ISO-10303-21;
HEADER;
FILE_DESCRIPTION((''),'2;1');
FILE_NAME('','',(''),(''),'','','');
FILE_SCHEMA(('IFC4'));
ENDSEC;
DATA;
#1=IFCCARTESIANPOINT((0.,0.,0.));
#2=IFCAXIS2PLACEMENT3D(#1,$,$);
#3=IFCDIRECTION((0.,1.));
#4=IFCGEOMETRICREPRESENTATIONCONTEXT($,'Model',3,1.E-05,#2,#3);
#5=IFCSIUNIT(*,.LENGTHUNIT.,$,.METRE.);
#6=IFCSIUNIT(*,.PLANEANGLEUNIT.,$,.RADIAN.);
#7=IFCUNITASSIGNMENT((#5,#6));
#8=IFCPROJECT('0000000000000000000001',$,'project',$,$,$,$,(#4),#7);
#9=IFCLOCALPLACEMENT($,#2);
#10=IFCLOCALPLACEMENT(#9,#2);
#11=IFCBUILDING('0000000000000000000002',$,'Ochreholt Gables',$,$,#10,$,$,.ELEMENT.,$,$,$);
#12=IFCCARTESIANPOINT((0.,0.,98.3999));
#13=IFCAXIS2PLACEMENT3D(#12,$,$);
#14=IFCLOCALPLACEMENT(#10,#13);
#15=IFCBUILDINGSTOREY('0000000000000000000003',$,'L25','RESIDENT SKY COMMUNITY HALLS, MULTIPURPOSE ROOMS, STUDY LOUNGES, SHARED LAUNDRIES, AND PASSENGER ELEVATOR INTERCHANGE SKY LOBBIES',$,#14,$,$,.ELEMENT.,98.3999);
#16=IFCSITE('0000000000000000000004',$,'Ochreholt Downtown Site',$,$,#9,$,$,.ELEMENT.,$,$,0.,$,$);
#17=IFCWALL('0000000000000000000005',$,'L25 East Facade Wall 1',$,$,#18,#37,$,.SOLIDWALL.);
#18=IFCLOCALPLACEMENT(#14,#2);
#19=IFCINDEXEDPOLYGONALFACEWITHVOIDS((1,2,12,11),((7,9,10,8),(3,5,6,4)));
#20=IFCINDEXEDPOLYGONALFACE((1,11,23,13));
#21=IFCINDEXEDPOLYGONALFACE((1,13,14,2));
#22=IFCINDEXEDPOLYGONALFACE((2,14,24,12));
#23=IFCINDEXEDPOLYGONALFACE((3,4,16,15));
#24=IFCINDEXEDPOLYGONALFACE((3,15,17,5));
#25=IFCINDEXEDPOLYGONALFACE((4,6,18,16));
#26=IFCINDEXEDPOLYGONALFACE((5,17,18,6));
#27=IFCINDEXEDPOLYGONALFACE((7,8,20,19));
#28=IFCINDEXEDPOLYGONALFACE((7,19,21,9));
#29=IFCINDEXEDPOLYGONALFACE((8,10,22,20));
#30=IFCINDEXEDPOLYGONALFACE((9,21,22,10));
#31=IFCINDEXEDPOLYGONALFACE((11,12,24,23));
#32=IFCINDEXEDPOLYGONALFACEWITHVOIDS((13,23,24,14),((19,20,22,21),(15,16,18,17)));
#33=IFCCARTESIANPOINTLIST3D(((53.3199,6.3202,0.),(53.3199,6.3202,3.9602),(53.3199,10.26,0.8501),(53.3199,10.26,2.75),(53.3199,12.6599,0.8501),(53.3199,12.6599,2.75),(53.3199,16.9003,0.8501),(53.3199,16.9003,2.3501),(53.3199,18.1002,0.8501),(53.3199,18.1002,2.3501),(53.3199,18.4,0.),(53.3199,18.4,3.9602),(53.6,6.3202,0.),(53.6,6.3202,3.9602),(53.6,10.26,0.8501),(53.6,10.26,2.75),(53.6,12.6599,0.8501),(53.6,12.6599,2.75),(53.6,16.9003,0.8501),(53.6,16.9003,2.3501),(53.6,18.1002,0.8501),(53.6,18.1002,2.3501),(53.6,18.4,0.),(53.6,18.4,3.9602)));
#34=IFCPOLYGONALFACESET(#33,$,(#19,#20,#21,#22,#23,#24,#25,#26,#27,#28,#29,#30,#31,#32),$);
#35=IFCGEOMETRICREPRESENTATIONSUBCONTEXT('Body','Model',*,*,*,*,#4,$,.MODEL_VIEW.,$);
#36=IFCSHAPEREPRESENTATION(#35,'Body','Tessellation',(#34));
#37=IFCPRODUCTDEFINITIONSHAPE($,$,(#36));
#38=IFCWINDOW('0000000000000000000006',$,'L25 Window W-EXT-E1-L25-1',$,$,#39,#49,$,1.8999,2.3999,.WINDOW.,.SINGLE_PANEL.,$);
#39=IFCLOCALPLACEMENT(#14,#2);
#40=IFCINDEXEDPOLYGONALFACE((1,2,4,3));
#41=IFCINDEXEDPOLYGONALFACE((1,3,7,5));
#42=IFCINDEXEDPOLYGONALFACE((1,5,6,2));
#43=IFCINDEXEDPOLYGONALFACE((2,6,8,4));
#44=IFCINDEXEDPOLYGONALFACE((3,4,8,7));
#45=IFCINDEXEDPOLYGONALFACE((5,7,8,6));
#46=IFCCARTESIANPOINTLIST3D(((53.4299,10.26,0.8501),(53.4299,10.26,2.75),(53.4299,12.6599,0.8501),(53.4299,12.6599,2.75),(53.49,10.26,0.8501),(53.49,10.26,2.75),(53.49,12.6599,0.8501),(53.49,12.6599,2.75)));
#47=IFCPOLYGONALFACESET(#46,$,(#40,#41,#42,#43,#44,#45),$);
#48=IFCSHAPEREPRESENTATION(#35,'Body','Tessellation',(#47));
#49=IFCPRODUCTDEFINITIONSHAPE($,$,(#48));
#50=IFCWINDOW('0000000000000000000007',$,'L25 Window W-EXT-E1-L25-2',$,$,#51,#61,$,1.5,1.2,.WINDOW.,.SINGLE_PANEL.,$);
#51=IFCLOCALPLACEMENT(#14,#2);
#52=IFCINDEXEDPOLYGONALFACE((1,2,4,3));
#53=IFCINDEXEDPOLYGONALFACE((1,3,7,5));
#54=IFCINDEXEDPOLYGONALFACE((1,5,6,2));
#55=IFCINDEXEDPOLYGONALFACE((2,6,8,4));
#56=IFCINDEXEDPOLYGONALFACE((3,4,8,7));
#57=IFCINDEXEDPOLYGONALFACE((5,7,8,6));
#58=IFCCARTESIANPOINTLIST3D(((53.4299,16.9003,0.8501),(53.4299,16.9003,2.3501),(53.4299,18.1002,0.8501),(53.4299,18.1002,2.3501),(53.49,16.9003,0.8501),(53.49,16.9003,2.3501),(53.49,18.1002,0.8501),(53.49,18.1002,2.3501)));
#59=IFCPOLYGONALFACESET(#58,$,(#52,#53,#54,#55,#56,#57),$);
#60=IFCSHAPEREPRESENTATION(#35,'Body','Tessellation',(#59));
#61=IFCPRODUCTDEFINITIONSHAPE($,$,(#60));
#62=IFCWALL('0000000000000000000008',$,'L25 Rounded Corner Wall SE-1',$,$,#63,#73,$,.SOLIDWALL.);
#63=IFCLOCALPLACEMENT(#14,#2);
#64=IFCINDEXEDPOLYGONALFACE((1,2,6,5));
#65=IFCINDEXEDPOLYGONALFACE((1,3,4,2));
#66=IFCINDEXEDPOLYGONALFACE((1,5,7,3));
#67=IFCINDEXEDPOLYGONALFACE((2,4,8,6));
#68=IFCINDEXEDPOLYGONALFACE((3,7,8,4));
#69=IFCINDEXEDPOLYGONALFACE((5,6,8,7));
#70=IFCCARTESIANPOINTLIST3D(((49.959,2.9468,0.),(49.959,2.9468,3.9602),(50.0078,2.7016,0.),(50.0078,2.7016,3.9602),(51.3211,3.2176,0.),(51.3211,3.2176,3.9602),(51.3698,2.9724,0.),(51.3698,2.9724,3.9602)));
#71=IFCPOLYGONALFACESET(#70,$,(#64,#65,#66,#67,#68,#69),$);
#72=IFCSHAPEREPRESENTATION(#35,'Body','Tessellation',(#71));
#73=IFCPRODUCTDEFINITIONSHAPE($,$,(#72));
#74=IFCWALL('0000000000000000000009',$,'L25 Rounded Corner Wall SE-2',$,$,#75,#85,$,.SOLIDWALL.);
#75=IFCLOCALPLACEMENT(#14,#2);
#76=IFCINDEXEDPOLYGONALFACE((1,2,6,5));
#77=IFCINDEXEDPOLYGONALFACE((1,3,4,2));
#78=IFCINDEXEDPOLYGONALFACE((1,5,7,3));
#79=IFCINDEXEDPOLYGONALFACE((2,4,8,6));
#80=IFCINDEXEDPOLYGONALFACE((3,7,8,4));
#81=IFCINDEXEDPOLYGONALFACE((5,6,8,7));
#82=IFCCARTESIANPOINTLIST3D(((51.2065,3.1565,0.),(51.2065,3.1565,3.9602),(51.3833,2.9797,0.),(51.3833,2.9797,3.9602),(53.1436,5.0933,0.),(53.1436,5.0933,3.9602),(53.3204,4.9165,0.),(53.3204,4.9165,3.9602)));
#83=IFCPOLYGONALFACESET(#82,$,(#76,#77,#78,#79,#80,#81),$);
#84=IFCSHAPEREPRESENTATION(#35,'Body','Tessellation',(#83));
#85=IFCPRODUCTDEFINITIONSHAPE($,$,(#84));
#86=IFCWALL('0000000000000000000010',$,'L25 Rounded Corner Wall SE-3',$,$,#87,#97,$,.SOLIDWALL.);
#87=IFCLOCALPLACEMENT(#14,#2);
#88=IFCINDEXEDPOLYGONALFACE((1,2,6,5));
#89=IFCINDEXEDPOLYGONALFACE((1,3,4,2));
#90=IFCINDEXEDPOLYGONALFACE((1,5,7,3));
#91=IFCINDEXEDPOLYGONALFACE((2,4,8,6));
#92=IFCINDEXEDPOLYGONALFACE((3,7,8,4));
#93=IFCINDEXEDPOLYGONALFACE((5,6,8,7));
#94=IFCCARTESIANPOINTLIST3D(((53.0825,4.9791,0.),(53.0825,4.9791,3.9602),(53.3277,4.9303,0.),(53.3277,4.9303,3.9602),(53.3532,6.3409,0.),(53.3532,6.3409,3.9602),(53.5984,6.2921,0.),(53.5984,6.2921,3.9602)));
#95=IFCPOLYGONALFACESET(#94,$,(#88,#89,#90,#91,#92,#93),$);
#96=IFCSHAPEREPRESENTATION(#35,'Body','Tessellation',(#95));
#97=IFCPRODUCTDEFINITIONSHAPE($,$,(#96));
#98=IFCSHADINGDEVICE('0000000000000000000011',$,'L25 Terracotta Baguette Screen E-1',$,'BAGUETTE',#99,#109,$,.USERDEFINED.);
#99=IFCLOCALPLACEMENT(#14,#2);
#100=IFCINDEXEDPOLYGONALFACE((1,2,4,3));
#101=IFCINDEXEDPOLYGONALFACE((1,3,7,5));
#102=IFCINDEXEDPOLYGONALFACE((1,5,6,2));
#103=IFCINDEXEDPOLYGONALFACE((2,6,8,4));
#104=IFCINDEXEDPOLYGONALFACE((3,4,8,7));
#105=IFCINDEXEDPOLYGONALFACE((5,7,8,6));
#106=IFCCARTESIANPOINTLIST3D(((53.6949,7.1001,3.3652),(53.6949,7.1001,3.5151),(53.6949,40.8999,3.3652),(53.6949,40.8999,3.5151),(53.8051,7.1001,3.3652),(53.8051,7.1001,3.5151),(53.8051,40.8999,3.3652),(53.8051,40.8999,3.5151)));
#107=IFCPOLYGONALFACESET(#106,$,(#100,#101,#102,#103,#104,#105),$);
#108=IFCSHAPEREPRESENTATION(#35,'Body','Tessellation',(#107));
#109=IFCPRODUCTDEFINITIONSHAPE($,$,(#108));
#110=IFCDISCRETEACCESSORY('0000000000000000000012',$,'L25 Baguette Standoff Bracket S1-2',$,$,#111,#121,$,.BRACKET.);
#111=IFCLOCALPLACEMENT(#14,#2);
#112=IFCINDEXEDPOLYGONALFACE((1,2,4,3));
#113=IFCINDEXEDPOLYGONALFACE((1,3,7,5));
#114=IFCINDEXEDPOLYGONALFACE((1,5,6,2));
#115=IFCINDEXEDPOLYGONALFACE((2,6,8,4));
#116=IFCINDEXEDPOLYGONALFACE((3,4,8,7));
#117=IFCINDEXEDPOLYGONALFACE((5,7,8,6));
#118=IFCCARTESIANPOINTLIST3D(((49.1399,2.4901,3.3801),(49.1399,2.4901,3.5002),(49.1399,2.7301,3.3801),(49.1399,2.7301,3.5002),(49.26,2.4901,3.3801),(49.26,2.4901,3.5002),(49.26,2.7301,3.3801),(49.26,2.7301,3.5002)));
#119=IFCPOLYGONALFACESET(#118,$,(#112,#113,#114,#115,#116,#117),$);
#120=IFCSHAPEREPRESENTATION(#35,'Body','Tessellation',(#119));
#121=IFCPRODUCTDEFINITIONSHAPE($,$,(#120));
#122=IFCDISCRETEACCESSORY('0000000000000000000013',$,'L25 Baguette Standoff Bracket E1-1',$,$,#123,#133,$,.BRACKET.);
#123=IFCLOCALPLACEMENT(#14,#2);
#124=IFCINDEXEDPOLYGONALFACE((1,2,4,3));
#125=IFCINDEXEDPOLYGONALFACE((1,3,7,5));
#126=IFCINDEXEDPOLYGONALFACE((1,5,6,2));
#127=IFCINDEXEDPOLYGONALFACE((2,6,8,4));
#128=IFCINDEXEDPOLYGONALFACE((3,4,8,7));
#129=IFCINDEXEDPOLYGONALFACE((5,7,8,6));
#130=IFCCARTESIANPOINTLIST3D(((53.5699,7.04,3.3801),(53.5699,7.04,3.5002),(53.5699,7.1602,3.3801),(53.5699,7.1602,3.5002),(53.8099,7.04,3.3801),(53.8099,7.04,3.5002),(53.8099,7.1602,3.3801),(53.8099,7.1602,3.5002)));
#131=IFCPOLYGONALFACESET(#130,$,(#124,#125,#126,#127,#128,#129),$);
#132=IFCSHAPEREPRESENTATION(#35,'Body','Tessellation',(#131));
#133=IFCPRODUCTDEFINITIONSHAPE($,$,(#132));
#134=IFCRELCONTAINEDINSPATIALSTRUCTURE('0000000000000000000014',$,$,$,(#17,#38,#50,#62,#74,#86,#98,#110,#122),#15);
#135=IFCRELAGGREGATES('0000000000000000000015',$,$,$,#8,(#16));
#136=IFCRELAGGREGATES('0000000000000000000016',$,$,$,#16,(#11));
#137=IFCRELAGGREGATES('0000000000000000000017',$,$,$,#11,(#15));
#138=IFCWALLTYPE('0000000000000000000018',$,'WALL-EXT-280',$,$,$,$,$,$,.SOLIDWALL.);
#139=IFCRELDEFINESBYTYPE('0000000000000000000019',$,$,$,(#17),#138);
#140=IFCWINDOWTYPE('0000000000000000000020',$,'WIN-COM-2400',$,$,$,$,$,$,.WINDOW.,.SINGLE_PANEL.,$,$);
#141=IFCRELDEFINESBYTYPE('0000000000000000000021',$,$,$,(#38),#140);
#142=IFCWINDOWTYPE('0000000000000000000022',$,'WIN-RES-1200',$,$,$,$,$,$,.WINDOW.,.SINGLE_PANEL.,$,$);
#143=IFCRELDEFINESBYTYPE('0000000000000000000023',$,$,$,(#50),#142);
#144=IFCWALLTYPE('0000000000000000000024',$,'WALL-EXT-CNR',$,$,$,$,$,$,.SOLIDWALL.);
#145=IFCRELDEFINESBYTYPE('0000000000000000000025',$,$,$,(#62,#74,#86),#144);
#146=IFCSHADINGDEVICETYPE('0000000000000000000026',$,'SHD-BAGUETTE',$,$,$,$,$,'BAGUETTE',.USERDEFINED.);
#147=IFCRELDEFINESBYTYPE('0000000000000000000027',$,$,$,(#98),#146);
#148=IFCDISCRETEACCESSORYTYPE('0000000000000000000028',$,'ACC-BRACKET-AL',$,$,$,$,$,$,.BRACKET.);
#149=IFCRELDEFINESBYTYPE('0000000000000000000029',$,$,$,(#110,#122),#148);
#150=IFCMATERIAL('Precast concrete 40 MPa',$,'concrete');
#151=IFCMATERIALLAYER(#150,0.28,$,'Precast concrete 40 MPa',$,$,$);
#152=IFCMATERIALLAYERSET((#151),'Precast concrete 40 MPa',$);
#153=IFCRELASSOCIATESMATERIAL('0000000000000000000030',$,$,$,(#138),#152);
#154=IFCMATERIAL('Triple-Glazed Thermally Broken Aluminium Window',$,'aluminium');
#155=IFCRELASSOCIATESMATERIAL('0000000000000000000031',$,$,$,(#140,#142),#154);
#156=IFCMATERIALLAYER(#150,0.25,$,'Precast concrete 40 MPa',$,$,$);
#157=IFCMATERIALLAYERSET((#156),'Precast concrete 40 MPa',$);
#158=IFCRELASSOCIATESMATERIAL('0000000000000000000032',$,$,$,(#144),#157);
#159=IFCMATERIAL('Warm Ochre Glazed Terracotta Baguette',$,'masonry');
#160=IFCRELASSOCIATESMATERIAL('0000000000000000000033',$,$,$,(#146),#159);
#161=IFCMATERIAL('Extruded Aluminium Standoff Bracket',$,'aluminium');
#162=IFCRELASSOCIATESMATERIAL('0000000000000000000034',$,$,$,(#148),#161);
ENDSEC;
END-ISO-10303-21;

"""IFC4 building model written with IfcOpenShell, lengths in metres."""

from ifc_helpers import new_model, si_unit, direction, frame, frame_2d, origin, origin_2d, place, context, subcontext, project, spatial, rectangle, extrude, material, layer, layer_set, material_profile, profile_set, type_object, element, fill, save


model = new_model("IFC4")

# Units and contexts
model_context = context("Model", 3, precision=1e-05, world=origin(), true_north=direction((0.0, 1.0)))
body_context = subcontext(model_context, "Body", "Model", "MODEL_VIEW")
ifc_project = project(units=[si_unit("LENGTHUNIT", "METRE"), si_unit("PLANEANGLEUNIT", "RADIAN")], contexts=[model_context])

# Site, building, storey
site_placement = place(None, origin())
site = spatial("IfcSite", under=ifc_project, at=site_placement, Name="Ochreholt Downtown Site", CompositionType="ELEMENT", RefElevation=0.0)
building_placement = place(site_placement, origin())
building = spatial("IfcBuilding", under=site, at=building_placement, Name="Ochreholt Gables", CompositionType="ELEMENT")
storey_placement = place(building_placement, frame((0.0, 0.0, 98.3999)))
storey = spatial("IfcBuildingStorey", under=building, at=storey_placement, Name="L25", Description="RESIDENT SKY COMMUNITY HALLS, MULTIPURPOSE ROOMS, STUDY LOUNGES, SHARED LAUNDRIES, AND PASSENGER ELEVATOR INTERCHANGE SKY LOBBIES", CompositionType="ELEMENT", Elevation=98.3999)

# Wall, openings, windows
ifc_material_1 = material(Name="Precast concrete 40 MPa", Category="concrete")
ifc_layer_1 = layer(ifc_material_1, 0.28, Name="Precast concrete 40 MPa")
ifc_layer_set_1 = layer_set([ifc_layer_1], Name="Precast concrete 40 MPa")
wall_type_1 = type_object("IfcWallType", Name="WALL-EXT-280", PredefinedType="SOLIDWALL", material=ifc_layer_set_1)
wall_1_placement = place(storey_placement, frame((53.46, 6.3201, 0.0), z_axis=(0.0, 0.0, 1.0), x_axis=(0.0, 1.0, 0.0)))
wall_1 = element("IfcWall", 1, at=wall_1_placement, inside=storey, type_object=wall_type_1, Name="L25 East Facade Wall 1", PredefinedType="SOLIDWALL", context=body_context, shape_type="SweptSolid", body=[
    extrude(rectangle(XDim=12.0798, YDim=0.28, at=frame_2d((6.04, 0.0))), origin(), (0.0, 0.0, 1.0), 3.9602),
])
opening_1_placement = place(wall_1_placement, frame((3.9399, 0.0, 0.8501)))
opening_1 = element("IfcOpeningElement", 2, at=opening_1_placement, cuts=wall_1, PredefinedType="OPENING", context=body_context, shape_type="SweptSolid", body=[
    extrude(rectangle(XDim=2.3999, YDim=1.8999, at=frame_2d((1.2, 0.95))), frame((0.0, 0.1499, 0.0), z_axis=(0.0, -1.0, 0.0), x_axis=(1.0, 0.0, 0.0)), (0.0, 0.0, 1.0), 0.3),
])
opening_2_placement = place(wall_1_placement, frame((10.5801, 0.0, 0.8501)))
opening_2 = element("IfcOpeningElement", 3, at=opening_2_placement, cuts=wall_1, PredefinedType="OPENING", context=body_context, shape_type="SweptSolid", body=[
    extrude(rectangle(XDim=1.2, YDim=1.5, at=frame_2d((0.6001, 0.75))), frame((0.0, 0.1499, 0.0), z_axis=(0.0, -1.0, 0.0), x_axis=(1.0, 0.0, 0.0)), (0.0, 0.0, 1.0), 0.3),
])
ifc_material_2 = material(Name="Triple-Glazed Thermally Broken Aluminium Window", Category="aluminium")
window_type_1 = type_object("IfcWindowType", Name="WIN-COM-2400", PartitioningType="SINGLE_PANEL", PredefinedType="WINDOW", material=ifc_material_2)
window_1_placement = place(opening_1_placement, origin())
window_1 = element("IfcWindow", 4, at=window_1_placement, inside=storey, type_object=window_type_1, Name="L25 Window W-EXT-E1-L25-1", OverallHeight=1.8999, OverallWidth=2.3999, PartitioningType="SINGLE_PANEL", PredefinedType="WINDOW", context=body_context, shape_type="SweptSolid", body=[
    extrude(rectangle(XDim=2.3999, YDim=1.8999, at=frame_2d((1.2, 0.95))), frame((0.0, 0.03, 0.0), z_axis=(0.0, -1.0, 0.0), x_axis=(1.0, 0.0, 0.0)), (0.0, 0.0, 1.0), 0.0601),
])
fill(opening_1, window_1)
window_type_2 = type_object("IfcWindowType", Name="WIN-RES-1200", PartitioningType="SINGLE_PANEL", PredefinedType="WINDOW", material=ifc_material_2)
window_2_placement = place(opening_2_placement, origin())
window_2 = element("IfcWindow", 5, at=window_2_placement, inside=storey, type_object=window_type_2, Name="L25 Window W-EXT-E1-L25-2", OverallHeight=1.5, OverallWidth=1.2, PartitioningType="SINGLE_PANEL", PredefinedType="WINDOW", context=body_context, shape_type="SweptSolid", body=[
    extrude(rectangle(XDim=1.2, YDim=1.5, at=frame_2d((0.6001, 0.75))), frame((0.0, 0.03, 0.0), z_axis=(0.0, -1.0, 0.0), x_axis=(1.0, 0.0, 0.0)), (0.0, 0.0, 1.0), 0.0601),
])
fill(opening_2, window_2)

# Walls
ifc_layer_2 = layer(ifc_material_1, 0.25, Name="Precast concrete 40 MPa")
ifc_layer_set_2 = layer_set([ifc_layer_2], Name="Precast concrete 40 MPa")
wall_type_2 = type_object("IfcWallType", Name="WALL-EXT-CNR", PredefinedType="SOLIDWALL", material=ifc_layer_set_2)
wall_2_placement = place(storey_placement, frame((49.9834, 2.8242, 0.0), z_axis=(0.0, 0.0, 1.0), x_axis=(0.98081, 0.194967, 0.0)))
element("IfcWall", 6, at=wall_2_placement, inside=storey, type_object=wall_type_2, Name="L25 Rounded Corner Wall SE-1", PredefinedType="SOLIDWALL", context=body_context, shape_type="SweptSolid", body=[
    extrude(rectangle(XDim=1.3887, YDim=0.25, at=frame_2d((0.6943, 0.0))), origin(), (0.0, 0.0, 1.0), 3.9602),
])
wall_3_placement = place(storey_placement, frame((51.2949, 3.0681, 0.0), z_axis=(0.0, 0.0, 1.0), x_axis=(0.707151, 0.707062, 0.0)))
element("IfcWall", 7, at=wall_3_placement, inside=storey, type_object=wall_type_2, Name="L25 Rounded Corner Wall SE-2", PredefinedType="SOLIDWALL", context=body_context, shape_type="SweptSolid", body=[
    extrude(rectangle(XDim=2.7393, YDim=0.25, at=frame_2d((1.3696, 0.0))), origin(), (0.0, 0.0, 1.0), 3.9602),
])
wall_4_placement = place(storey_placement, frame((53.2051, 4.9546, 0.0), z_axis=(0.0, 0.0, 1.0), x_axis=(0.195, 0.980803, 0.0)))
element("IfcWall", 8, at=wall_4_placement, inside=storey, type_object=wall_type_2, Name="L25 Rounded Corner Wall SE-3", PredefinedType="SOLIDWALL", context=body_context, shape_type="SweptSolid", body=[
    extrude(rectangle(XDim=1.3884, YDim=0.25, at=frame_2d((0.6943, 0.0))), origin(), (0.0, 0.0, 1.0), 3.9602),
])

# Shading device
ifc_material_3 = material(Name="Warm Ochre Glazed Terracotta Baguette", Category="masonry")
ifc_material_profile_1 = material_profile(ifc_material_3, rectangle(XDim=0.1101, YDim=0.1499, at=origin_2d()), Name="TCBAG110X150")
ifc_profile_set_1 = profile_set([ifc_material_profile_1], Name="Warm Ochre Glazed Terracotta Baguette")
shading_device_type = type_object("IfcShadingDeviceType", Name="SHD-BAGUETTE", ElementType="BAGUETTE", PredefinedType="USERDEFINED", material=ifc_profile_set_1)
shading_device_placement = place(storey_placement, frame((53.75, 7.1001, 3.4402), z_axis=(0.0, 1.0, 0.0), x_axis=(-1.0, 0.0, 0.0)))
element("IfcShadingDevice", 9, at=shading_device_placement, inside=storey, type_object=shading_device_type, Name="L25 Terracotta Baguette Screen E-1", ObjectType="BAGUETTE", PredefinedType="USERDEFINED", context=body_context, shape_type="SweptSolid", body=[
    extrude(rectangle(XDim=0.1101, YDim=0.1499, at=origin_2d()), origin(), (0.0, 0.0, 1.0), 33.7998),
])

# Discrete accessories
ifc_material_4 = material(Name="Extruded Aluminium Standoff Bracket", Category="aluminium")
discrete_accessory_type = type_object("IfcDiscreteAccessoryType", Name="ACC-BRACKET-AL", PredefinedType="BRACKET", material=ifc_material_4)
for number, where, z_axis, x_axis, name in (
    (10, (49.2, 2.6101, 3.3801), (0.0, 0.0, 1.0), (1.0, 0.0, 0.0), "L25 Baguette Standoff Bracket S1-2"),
    (11, (53.6899, 7.1001, 3.3801), (0.0, 0.0, 1.0), (0.0, 1.0, 0.0), "L25 Baguette Standoff Bracket E1-1"),
):
    element("IfcDiscreteAccessory", number, at=place(storey_placement, frame(where, z_axis=z_axis, x_axis=x_axis)), inside=storey, type_object=discrete_accessory_type, Name=name, PredefinedType="BRACKET", context=body_context, shape_type="SweptSolid", body=[
        extrude(rectangle(XDim=0.1201, YDim=0.24, at=origin_2d()), origin(), (0.0, 0.0, 1.0), 0.1201),
    ])

save(model, "model.ifc")
